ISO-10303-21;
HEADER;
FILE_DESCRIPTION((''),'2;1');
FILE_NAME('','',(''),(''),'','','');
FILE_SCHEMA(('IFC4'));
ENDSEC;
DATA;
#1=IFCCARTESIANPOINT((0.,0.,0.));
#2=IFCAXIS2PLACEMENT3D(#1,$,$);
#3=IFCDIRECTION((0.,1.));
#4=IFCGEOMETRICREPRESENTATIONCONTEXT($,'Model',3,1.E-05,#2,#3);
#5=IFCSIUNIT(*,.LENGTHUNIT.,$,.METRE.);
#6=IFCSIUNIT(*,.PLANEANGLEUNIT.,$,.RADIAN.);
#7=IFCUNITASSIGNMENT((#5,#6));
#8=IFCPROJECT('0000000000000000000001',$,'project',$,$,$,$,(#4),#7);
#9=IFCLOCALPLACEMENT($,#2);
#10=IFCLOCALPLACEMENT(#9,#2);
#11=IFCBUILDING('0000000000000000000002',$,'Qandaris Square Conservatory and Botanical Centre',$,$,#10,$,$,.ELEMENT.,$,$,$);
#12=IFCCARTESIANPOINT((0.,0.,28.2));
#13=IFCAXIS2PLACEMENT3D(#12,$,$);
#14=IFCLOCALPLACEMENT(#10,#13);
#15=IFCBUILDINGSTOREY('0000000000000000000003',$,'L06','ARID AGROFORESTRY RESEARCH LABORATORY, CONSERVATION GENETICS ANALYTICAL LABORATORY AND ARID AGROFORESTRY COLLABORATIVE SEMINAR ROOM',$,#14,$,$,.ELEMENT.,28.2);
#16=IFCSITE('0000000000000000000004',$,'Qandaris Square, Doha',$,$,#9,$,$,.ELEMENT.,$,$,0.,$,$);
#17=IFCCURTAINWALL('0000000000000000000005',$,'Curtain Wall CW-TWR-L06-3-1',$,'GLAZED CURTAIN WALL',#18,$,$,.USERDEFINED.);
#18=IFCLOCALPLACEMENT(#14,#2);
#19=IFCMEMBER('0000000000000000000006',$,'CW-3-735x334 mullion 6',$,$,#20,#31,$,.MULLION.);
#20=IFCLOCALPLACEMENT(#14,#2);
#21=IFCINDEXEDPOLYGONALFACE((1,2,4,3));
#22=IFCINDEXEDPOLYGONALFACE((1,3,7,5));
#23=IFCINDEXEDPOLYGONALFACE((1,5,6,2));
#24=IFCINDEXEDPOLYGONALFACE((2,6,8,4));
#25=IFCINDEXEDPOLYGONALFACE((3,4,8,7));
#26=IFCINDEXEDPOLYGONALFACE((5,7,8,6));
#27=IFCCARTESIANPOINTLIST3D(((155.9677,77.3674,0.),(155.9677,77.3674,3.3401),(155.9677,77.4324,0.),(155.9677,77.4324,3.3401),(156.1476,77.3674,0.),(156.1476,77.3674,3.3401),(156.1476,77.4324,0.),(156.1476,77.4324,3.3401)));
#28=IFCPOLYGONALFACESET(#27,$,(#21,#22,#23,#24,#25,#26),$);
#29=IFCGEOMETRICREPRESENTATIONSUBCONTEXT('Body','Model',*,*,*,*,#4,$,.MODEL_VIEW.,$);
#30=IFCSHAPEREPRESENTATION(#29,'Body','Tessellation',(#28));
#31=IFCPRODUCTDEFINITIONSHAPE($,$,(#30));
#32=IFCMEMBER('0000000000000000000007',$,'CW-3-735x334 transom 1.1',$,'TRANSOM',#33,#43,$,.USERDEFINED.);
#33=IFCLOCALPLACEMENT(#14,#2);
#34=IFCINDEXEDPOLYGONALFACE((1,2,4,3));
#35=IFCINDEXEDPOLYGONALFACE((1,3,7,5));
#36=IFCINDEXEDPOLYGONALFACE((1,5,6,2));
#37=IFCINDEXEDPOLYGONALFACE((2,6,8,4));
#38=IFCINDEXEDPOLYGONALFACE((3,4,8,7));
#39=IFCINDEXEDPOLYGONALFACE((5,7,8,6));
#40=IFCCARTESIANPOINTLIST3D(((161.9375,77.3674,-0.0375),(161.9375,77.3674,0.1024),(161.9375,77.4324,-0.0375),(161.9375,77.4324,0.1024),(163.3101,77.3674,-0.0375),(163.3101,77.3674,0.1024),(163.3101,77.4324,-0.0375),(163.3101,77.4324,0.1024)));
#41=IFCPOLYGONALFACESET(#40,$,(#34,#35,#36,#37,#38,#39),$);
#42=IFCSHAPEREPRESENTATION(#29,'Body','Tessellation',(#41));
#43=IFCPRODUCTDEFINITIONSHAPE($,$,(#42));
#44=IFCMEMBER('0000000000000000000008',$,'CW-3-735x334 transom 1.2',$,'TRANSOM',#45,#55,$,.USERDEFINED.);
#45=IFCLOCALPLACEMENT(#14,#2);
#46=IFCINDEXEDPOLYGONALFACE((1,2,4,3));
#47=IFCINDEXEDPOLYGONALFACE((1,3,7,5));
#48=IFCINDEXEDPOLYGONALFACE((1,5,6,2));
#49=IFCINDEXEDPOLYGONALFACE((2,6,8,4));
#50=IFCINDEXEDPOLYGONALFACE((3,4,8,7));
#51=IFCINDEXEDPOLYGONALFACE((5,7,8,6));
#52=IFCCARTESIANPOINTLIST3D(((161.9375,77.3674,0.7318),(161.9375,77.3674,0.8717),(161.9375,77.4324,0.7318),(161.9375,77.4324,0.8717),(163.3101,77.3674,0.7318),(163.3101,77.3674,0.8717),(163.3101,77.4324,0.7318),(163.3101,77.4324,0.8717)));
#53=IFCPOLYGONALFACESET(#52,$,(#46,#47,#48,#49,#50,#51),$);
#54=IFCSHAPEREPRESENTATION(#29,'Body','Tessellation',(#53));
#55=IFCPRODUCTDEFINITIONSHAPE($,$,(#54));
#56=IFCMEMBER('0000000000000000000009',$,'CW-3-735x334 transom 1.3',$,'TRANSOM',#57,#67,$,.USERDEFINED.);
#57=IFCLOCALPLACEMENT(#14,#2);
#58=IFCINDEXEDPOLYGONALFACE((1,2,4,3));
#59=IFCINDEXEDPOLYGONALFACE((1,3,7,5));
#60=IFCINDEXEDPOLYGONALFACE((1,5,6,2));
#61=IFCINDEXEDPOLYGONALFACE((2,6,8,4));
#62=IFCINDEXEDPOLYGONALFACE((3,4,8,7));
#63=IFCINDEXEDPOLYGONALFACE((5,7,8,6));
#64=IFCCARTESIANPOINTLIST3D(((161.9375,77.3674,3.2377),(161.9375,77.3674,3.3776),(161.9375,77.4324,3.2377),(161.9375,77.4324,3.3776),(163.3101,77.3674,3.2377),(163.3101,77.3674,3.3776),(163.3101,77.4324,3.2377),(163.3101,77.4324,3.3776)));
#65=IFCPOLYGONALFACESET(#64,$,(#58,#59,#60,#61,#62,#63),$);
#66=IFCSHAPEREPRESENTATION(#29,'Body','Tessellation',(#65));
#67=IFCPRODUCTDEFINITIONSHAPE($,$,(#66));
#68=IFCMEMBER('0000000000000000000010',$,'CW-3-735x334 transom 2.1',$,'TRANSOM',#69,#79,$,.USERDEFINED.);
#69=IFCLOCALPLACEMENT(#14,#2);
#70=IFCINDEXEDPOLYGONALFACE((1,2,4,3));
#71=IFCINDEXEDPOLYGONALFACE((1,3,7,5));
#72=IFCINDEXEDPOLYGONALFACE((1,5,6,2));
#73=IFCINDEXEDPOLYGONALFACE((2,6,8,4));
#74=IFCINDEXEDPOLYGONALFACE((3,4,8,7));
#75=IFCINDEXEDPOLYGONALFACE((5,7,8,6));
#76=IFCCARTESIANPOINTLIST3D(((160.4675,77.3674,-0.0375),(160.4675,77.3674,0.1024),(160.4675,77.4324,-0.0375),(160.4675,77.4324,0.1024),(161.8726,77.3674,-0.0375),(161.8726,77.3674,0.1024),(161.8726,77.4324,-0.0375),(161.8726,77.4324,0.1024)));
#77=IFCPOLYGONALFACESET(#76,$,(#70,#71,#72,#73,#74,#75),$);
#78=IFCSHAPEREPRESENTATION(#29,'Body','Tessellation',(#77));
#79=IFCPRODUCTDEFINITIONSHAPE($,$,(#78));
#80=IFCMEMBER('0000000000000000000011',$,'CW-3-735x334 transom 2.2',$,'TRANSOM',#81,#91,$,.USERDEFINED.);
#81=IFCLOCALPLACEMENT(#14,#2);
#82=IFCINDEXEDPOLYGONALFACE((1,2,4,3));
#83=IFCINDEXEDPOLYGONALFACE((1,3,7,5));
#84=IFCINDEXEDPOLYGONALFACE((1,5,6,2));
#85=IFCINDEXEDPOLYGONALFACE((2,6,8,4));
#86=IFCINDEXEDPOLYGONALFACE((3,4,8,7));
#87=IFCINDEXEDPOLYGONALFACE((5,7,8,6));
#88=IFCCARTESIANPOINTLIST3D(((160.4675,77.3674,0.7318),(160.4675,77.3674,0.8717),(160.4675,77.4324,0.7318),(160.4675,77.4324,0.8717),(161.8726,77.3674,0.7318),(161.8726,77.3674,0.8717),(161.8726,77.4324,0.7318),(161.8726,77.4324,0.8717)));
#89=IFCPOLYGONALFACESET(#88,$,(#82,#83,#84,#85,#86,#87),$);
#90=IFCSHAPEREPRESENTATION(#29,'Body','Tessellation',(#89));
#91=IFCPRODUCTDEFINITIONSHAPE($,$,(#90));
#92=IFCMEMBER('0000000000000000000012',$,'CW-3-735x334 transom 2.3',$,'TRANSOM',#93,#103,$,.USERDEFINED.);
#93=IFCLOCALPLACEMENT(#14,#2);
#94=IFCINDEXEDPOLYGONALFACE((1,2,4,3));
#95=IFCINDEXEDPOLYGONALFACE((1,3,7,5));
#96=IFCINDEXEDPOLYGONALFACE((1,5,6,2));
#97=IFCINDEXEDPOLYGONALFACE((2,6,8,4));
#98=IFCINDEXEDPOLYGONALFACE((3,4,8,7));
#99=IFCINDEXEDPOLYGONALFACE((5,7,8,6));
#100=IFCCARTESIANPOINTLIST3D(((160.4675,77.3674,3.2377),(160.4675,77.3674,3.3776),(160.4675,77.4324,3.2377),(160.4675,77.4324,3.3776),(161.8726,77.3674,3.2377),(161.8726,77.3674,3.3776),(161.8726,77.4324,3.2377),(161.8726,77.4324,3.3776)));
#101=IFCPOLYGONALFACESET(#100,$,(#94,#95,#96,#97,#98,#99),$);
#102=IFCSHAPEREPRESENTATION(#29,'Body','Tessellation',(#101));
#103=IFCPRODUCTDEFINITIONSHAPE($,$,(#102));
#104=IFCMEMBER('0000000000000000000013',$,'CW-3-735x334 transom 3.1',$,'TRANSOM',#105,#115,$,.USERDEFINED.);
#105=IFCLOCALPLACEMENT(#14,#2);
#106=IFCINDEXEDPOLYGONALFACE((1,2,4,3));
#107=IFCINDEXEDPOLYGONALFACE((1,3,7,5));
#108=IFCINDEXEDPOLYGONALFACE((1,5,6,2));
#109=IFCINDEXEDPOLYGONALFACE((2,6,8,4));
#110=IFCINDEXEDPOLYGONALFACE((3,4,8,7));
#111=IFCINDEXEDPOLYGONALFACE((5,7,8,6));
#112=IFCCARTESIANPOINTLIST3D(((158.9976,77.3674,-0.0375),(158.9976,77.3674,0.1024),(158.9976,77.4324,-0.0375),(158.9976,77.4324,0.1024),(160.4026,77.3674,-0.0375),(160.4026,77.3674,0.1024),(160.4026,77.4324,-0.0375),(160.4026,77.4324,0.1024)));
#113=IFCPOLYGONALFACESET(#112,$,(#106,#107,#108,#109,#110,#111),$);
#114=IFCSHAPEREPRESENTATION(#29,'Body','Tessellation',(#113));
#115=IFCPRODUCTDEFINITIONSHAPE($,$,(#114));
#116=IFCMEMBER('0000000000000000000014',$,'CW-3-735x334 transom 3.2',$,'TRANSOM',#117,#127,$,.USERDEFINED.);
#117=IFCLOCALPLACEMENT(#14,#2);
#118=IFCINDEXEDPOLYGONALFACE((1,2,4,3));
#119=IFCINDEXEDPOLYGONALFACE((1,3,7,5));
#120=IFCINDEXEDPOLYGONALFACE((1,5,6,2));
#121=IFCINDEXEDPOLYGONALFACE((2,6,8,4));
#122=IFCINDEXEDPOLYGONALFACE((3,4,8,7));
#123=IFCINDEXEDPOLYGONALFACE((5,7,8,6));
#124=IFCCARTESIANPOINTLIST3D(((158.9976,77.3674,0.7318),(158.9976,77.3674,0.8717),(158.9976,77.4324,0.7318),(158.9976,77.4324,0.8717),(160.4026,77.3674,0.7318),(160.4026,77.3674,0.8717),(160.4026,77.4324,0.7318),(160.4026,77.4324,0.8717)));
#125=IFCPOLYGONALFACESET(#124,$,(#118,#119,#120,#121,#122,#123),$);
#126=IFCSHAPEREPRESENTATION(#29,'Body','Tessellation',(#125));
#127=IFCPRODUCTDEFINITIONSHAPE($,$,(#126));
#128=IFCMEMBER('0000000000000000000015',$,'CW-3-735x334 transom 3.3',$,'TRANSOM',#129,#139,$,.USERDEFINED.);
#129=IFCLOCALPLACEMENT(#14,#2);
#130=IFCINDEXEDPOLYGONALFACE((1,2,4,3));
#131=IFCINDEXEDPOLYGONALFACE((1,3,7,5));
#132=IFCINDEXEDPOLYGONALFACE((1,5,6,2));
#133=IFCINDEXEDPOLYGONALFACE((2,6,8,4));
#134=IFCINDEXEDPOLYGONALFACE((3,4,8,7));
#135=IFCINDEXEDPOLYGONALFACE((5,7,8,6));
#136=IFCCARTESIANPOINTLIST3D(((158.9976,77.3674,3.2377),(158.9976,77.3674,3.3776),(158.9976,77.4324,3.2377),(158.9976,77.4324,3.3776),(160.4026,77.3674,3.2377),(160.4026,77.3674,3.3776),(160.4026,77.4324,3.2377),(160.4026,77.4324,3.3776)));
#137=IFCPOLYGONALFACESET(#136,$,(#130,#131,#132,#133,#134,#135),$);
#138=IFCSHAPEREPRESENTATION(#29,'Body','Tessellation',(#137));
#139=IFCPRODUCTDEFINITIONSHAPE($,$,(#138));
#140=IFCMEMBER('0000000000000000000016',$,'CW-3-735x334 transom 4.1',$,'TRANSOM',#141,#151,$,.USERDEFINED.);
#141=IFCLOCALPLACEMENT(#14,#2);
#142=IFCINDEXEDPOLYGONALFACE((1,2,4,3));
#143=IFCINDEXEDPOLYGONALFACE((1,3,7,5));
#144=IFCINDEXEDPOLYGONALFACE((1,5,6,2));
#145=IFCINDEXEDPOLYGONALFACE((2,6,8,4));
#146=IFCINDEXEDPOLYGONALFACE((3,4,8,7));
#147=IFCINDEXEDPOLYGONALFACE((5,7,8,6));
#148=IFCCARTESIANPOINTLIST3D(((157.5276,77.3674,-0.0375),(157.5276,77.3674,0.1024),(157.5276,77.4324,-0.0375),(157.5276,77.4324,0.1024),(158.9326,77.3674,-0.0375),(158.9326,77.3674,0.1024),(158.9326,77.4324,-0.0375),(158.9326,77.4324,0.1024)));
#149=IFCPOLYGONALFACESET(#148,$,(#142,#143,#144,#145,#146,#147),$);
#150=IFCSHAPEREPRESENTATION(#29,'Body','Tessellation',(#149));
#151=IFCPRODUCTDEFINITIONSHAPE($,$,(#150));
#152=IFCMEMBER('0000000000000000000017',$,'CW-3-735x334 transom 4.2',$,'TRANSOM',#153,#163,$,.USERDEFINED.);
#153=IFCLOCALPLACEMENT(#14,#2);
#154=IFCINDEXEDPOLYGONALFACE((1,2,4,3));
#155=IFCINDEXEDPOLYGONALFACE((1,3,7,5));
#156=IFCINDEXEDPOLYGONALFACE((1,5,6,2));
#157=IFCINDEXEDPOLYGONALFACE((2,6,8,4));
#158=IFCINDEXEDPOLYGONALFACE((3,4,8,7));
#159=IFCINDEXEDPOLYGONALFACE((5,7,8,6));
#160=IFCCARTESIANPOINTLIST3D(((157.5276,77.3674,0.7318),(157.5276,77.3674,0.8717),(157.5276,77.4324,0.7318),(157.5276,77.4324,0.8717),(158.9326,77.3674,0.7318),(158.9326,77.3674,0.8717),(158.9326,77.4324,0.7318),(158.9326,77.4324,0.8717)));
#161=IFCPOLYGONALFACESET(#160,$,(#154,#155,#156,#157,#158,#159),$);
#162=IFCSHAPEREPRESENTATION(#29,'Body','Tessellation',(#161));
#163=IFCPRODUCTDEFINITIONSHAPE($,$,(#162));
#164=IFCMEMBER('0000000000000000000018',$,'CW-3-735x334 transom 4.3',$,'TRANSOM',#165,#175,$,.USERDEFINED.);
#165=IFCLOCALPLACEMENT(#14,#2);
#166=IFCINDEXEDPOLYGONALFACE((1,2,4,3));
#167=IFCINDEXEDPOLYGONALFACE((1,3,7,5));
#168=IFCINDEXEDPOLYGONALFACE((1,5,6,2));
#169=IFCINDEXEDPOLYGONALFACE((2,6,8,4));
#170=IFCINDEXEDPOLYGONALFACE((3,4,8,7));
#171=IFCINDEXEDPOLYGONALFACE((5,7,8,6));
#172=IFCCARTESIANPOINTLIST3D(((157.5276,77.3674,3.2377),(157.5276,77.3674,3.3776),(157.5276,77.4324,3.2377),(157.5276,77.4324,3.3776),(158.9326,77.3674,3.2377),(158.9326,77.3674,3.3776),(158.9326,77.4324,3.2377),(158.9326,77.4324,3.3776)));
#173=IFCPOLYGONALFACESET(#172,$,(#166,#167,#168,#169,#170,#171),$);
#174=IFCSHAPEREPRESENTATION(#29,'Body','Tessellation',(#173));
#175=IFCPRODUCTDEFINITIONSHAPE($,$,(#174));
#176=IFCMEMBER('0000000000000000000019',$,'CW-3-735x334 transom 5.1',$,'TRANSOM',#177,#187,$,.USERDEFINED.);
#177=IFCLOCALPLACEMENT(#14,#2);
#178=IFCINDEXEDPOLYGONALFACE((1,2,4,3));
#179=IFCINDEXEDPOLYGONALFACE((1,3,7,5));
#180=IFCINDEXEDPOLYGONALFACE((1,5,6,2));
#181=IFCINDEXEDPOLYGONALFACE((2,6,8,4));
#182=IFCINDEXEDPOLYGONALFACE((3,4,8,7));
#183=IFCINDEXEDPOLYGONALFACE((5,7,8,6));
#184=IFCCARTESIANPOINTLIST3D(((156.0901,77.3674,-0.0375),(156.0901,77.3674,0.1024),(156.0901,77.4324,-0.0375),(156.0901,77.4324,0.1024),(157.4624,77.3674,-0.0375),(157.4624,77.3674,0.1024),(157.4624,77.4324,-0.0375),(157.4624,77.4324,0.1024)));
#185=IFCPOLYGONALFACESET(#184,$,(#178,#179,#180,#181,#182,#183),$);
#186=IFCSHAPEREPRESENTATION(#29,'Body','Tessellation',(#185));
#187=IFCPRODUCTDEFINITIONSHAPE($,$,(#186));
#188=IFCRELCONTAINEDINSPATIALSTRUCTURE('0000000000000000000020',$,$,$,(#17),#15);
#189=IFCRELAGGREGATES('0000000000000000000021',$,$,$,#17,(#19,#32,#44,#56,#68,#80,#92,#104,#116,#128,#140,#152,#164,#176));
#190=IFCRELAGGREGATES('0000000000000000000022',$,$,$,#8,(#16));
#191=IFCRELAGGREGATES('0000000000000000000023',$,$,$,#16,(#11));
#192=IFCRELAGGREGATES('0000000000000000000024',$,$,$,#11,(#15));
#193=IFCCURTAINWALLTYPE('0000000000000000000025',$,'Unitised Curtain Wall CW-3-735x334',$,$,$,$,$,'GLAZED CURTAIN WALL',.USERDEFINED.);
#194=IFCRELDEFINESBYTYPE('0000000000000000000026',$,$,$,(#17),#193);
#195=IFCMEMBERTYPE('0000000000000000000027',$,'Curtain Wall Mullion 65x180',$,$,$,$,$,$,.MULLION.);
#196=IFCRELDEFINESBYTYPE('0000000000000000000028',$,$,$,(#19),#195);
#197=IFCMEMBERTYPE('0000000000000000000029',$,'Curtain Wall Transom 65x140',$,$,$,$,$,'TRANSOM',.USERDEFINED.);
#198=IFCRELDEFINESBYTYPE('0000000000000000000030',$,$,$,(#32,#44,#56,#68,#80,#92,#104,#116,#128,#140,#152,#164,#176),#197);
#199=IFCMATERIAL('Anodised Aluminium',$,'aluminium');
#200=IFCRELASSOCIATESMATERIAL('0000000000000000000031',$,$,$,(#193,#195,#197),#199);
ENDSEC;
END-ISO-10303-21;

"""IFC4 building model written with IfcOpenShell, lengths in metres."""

from ifc_helpers import new_model, si_unit, direction, frame, origin, origin_2d, place, context, subcontext, project, spatial, rectangle, extrude, material, material_profile, profile_set, type_object, element, aggregate, save


model = new_model("IFC4")

# Units and contexts
model_context = context("Model", 3, precision=1e-05, world=origin(), true_north=direction((0.0, 1.0)))
body_context = subcontext(model_context, "Body", "Model", "MODEL_VIEW")
ifc_project = project(units=[si_unit("LENGTHUNIT", "METRE"), si_unit("PLANEANGLEUNIT", "RADIAN")], contexts=[model_context])

# Site, building, storey
site_placement = place(None, origin())
site = spatial("IfcSite", under=ifc_project, at=site_placement, Name="Qandaris Square, Doha", CompositionType="ELEMENT", RefElevation=0.0)
building_placement = place(site_placement, origin())
building = spatial("IfcBuilding", under=site, at=building_placement, Name="Qandaris Square Conservatory and Botanical Centre", CompositionType="ELEMENT")
storey_placement = place(building_placement, frame((0.0, 0.0, 28.2)))
storey = spatial("IfcBuildingStorey", under=building, at=storey_placement, Name="L06", Description="ARID AGROFORESTRY RESEARCH LABORATORY, CONSERVATION GENETICS ANALYTICAL LABORATORY AND ARID AGROFORESTRY COLLABORATIVE SEMINAR ROOM", CompositionType="ELEMENT", Elevation=28.2)

# Curtain wall, members
ifc_material_1 = material(Name="Anodised Aluminium", Category="aluminium")
curtain_wall_type = type_object("IfcCurtainWallType", Name="Unitised Curtain Wall CW-3-735x334", ElementType="GLAZED CURTAIN WALL", PredefinedType="USERDEFINED", material=ifc_material_1)
curtain_wall_placement = place(storey_placement, origin())
curtain_wall = element("IfcCurtainWall", 1, at=curtain_wall_placement, inside=storey, type_object=curtain_wall_type, Name="Curtain Wall CW-TWR-L06-3-1", ObjectType="GLAZED CURTAIN WALL", PredefinedType="USERDEFINED")
ifc_material_profile_1 = material_profile(ifc_material_1, rectangle(XDim=0.0649, YDim=0.1799, at=origin_2d()), Name="ALU-MUL 65x180")
ifc_profile_set_1 = profile_set([ifc_material_profile_1], Name="Anodised Aluminium")
member_type_1 = type_object("IfcMemberType", Name="Curtain Wall Mullion 65x180", PredefinedType="MULLION", material=ifc_profile_set_1)
member_1_placement = place(storey_placement, frame((156.0576, 77.3999, 0.0), z_axis=(0.0, 0.0, 1.0), x_axis=(0.0, -1.0, 0.0)))
member_1 = element("IfcMember", 2, at=member_1_placement, type_object=member_type_1, Name="CW-3-735x334 mullion 6", PredefinedType="MULLION", context=body_context, shape_type="SweptSolid", body=[
    extrude(rectangle(XDim=0.0649, YDim=0.1799, at=origin_2d()), origin(), (0.0, 0.0, 1.0), 3.3401),
])
ifc_material_profile_2 = material_profile(ifc_material_1, rectangle(XDim=0.0649, YDim=0.1399, at=origin_2d()), Name="ALU-TRN 65x140")
ifc_profile_set_2 = profile_set([ifc_material_profile_2], Name="Anodised Aluminium")
member_type_2 = type_object("IfcMemberType", Name="Curtain Wall Transom 65x140", ElementType="TRANSOM", PredefinedType="USERDEFINED", material=ifc_profile_set_2)
member_2_placement = place(storey_placement, frame((163.3101, 77.3999, 0.0325), z_axis=(-1.0, 0.0, 0.0), x_axis=(0.0, -1.0, 0.0)))
member_2 = element("IfcMember", 3, at=member_2_placement, type_object=member_type_2, Name="CW-3-735x334 transom 1.1", ObjectType="TRANSOM", PredefinedType="USERDEFINED", context=body_context, shape_type="SweptSolid", body=[
    extrude(rectangle(XDim=0.0649, YDim=0.1399, at=origin_2d()), origin(), (0.0, 0.0, 1.0), 1.3726),
])
member_3_placement = place(storey_placement, frame((163.3101, 77.3999, 0.8018), z_axis=(-1.0, 0.0, 0.0), x_axis=(0.0, -1.0, 0.0)))
member_3 = element("IfcMember", 4, at=member_3_placement, type_object=member_type_2, Name="CW-3-735x334 transom 1.2", ObjectType="TRANSOM", PredefinedType="USERDEFINED", context=body_context, shape_type="SweptSolid", body=[
    extrude(rectangle(XDim=0.0649, YDim=0.1399, at=origin_2d()), origin(), (0.0, 0.0, 1.0), 1.3726),
])
member_4_placement = place(storey_placement, frame((163.3101, 77.3999, 3.3076), z_axis=(-1.0, 0.0, 0.0), x_axis=(0.0, -1.0, 0.0)))
member_4 = element("IfcMember", 5, at=member_4_placement, type_object=member_type_2, Name="CW-3-735x334 transom 1.3", ObjectType="TRANSOM", PredefinedType="USERDEFINED", context=body_context, shape_type="SweptSolid", body=[
    extrude(rectangle(XDim=0.0649, YDim=0.1399, at=origin_2d()), origin(), (0.0, 0.0, 1.0), 1.3726),
])
member_5_placement = place(storey_placement, frame((161.8726, 77.3999, 0.0325), z_axis=(-1.0, 0.0, 0.0), x_axis=(0.0, -1.0, 0.0)))
member_5 = element("IfcMember", 6, at=member_5_placement, type_object=member_type_2, Name="CW-3-735x334 transom 2.1", ObjectType="TRANSOM", PredefinedType="USERDEFINED", context=body_context, shape_type="SweptSolid", body=[
    extrude(rectangle(XDim=0.0649, YDim=0.1399, at=origin_2d()), origin(), (0.0, 0.0, 1.0), 1.405),
])
member_6_placement = place(storey_placement, frame((161.8726, 77.3999, 0.8018), z_axis=(-1.0, 0.0, 0.0), x_axis=(0.0, -1.0, 0.0)))
member_6 = element("IfcMember", 7, at=member_6_placement, type_object=member_type_2, Name="CW-3-735x334 transom 2.2", ObjectType="TRANSOM", PredefinedType="USERDEFINED", context=body_context, shape_type="SweptSolid", body=[
    extrude(rectangle(XDim=0.0649, YDim=0.1399, at=origin_2d()), origin(), (0.0, 0.0, 1.0), 1.405),
])
member_7_placement = place(storey_placement, frame((161.8726, 77.3999, 3.3076), z_axis=(-1.0, 0.0, 0.0), x_axis=(0.0, -1.0, 0.0)))
member_7 = element("IfcMember", 8, at=member_7_placement, type_object=member_type_2, Name="CW-3-735x334 transom 2.3", ObjectType="TRANSOM", PredefinedType="USERDEFINED", context=body_context, shape_type="SweptSolid", body=[
    extrude(rectangle(XDim=0.0649, YDim=0.1399, at=origin_2d()), origin(), (0.0, 0.0, 1.0), 1.405),
])
member_8_placement = place(storey_placement, frame((160.4026, 77.3999, 0.0325), z_axis=(-1.0, 0.0, 0.0), x_axis=(0.0, -1.0, 0.0)))
member_8 = element("IfcMember", 9, at=member_8_placement, type_object=member_type_2, Name="CW-3-735x334 transom 3.1", ObjectType="TRANSOM", PredefinedType="USERDEFINED", context=body_context, shape_type="SweptSolid", body=[
    extrude(rectangle(XDim=0.0649, YDim=0.1399, at=origin_2d()), origin(), (0.0, 0.0, 1.0), 1.405),
])
member_9_placement = place(storey_placement, frame((160.4026, 77.3999, 0.8018), z_axis=(-1.0, 0.0, 0.0), x_axis=(0.0, -1.0, 0.0)))
member_9 = element("IfcMember", 10, at=member_9_placement, type_object=member_type_2, Name="CW-3-735x334 transom 3.2", ObjectType="TRANSOM", PredefinedType="USERDEFINED", context=body_context, shape_type="SweptSolid", body=[
    extrude(rectangle(XDim=0.0649, YDim=0.1399, at=origin_2d()), origin(), (0.0, 0.0, 1.0), 1.405),
])
member_10_placement = place(storey_placement, frame((160.4026, 77.3999, 3.3076), z_axis=(-1.0, 0.0, 0.0), x_axis=(0.0, -1.0, 0.0)))
member_10 = element("IfcMember", 11, at=member_10_placement, type_object=member_type_2, Name="CW-3-735x334 transom 3.3", ObjectType="TRANSOM", PredefinedType="USERDEFINED", context=body_context, shape_type="SweptSolid", body=[
    extrude(rectangle(XDim=0.0649, YDim=0.1399, at=origin_2d()), origin(), (0.0, 0.0, 1.0), 1.405),
])
member_11_placement = place(storey_placement, frame((158.9326, 77.3999, 0.0325), z_axis=(-1.0, 0.0, 0.0), x_axis=(0.0, -1.0, 0.0)))
member_11 = element("IfcMember", 12, at=member_11_placement, type_object=member_type_2, Name="CW-3-735x334 transom 4.1", ObjectType="TRANSOM", PredefinedType="USERDEFINED", context=body_context, shape_type="SweptSolid", body=[
    extrude(rectangle(XDim=0.0649, YDim=0.1399, at=origin_2d()), origin(), (0.0, 0.0, 1.0), 1.405),
])
member_12_placement = place(storey_placement, frame((158.9326, 77.3999, 0.8018), z_axis=(-1.0, 0.0, 0.0), x_axis=(0.0, -1.0, 0.0)))
member_12 = element("IfcMember", 13, at=member_12_placement, type_object=member_type_2, Name="CW-3-735x334 transom 4.2", ObjectType="TRANSOM", PredefinedType="USERDEFINED", context=body_context, shape_type="SweptSolid", body=[
    extrude(rectangle(XDim=0.0649, YDim=0.1399, at=origin_2d()), origin(), (0.0, 0.0, 1.0), 1.405),
])
member_13_placement = place(storey_placement, frame((158.9326, 77.3999, 3.3076), z_axis=(-1.0, 0.0, 0.0), x_axis=(0.0, -1.0, 0.0)))
member_13 = element("IfcMember", 14, at=member_13_placement, type_object=member_type_2, Name="CW-3-735x334 transom 4.3", ObjectType="TRANSOM", PredefinedType="USERDEFINED", context=body_context, shape_type="SweptSolid", body=[
    extrude(rectangle(XDim=0.0649, YDim=0.1399, at=origin_2d()), origin(), (0.0, 0.0, 1.0), 1.405),
])
member_14_placement = place(storey_placement, frame((157.4624, 77.3999, 0.0325), z_axis=(-1.0, 0.0, 0.0), x_axis=(0.0, -1.0, 0.0)))
member_14 = element("IfcMember", 15, at=member_14_placement, type_object=member_type_2, Name="CW-3-735x334 transom 5.1", ObjectType="TRANSOM", PredefinedType="USERDEFINED", context=body_context, shape_type="SweptSolid", body=[
    extrude(rectangle(XDim=0.0649, YDim=0.1399, at=origin_2d()), origin(), (0.0, 0.0, 1.0), 1.3723),
])

aggregate(curtain_wall, [member_1, member_2, member_3, member_4, member_5, member_6, member_7, member_8, member_9, member_10, member_11, member_12, member_13, member_14])

save(model, "model.ifc")
